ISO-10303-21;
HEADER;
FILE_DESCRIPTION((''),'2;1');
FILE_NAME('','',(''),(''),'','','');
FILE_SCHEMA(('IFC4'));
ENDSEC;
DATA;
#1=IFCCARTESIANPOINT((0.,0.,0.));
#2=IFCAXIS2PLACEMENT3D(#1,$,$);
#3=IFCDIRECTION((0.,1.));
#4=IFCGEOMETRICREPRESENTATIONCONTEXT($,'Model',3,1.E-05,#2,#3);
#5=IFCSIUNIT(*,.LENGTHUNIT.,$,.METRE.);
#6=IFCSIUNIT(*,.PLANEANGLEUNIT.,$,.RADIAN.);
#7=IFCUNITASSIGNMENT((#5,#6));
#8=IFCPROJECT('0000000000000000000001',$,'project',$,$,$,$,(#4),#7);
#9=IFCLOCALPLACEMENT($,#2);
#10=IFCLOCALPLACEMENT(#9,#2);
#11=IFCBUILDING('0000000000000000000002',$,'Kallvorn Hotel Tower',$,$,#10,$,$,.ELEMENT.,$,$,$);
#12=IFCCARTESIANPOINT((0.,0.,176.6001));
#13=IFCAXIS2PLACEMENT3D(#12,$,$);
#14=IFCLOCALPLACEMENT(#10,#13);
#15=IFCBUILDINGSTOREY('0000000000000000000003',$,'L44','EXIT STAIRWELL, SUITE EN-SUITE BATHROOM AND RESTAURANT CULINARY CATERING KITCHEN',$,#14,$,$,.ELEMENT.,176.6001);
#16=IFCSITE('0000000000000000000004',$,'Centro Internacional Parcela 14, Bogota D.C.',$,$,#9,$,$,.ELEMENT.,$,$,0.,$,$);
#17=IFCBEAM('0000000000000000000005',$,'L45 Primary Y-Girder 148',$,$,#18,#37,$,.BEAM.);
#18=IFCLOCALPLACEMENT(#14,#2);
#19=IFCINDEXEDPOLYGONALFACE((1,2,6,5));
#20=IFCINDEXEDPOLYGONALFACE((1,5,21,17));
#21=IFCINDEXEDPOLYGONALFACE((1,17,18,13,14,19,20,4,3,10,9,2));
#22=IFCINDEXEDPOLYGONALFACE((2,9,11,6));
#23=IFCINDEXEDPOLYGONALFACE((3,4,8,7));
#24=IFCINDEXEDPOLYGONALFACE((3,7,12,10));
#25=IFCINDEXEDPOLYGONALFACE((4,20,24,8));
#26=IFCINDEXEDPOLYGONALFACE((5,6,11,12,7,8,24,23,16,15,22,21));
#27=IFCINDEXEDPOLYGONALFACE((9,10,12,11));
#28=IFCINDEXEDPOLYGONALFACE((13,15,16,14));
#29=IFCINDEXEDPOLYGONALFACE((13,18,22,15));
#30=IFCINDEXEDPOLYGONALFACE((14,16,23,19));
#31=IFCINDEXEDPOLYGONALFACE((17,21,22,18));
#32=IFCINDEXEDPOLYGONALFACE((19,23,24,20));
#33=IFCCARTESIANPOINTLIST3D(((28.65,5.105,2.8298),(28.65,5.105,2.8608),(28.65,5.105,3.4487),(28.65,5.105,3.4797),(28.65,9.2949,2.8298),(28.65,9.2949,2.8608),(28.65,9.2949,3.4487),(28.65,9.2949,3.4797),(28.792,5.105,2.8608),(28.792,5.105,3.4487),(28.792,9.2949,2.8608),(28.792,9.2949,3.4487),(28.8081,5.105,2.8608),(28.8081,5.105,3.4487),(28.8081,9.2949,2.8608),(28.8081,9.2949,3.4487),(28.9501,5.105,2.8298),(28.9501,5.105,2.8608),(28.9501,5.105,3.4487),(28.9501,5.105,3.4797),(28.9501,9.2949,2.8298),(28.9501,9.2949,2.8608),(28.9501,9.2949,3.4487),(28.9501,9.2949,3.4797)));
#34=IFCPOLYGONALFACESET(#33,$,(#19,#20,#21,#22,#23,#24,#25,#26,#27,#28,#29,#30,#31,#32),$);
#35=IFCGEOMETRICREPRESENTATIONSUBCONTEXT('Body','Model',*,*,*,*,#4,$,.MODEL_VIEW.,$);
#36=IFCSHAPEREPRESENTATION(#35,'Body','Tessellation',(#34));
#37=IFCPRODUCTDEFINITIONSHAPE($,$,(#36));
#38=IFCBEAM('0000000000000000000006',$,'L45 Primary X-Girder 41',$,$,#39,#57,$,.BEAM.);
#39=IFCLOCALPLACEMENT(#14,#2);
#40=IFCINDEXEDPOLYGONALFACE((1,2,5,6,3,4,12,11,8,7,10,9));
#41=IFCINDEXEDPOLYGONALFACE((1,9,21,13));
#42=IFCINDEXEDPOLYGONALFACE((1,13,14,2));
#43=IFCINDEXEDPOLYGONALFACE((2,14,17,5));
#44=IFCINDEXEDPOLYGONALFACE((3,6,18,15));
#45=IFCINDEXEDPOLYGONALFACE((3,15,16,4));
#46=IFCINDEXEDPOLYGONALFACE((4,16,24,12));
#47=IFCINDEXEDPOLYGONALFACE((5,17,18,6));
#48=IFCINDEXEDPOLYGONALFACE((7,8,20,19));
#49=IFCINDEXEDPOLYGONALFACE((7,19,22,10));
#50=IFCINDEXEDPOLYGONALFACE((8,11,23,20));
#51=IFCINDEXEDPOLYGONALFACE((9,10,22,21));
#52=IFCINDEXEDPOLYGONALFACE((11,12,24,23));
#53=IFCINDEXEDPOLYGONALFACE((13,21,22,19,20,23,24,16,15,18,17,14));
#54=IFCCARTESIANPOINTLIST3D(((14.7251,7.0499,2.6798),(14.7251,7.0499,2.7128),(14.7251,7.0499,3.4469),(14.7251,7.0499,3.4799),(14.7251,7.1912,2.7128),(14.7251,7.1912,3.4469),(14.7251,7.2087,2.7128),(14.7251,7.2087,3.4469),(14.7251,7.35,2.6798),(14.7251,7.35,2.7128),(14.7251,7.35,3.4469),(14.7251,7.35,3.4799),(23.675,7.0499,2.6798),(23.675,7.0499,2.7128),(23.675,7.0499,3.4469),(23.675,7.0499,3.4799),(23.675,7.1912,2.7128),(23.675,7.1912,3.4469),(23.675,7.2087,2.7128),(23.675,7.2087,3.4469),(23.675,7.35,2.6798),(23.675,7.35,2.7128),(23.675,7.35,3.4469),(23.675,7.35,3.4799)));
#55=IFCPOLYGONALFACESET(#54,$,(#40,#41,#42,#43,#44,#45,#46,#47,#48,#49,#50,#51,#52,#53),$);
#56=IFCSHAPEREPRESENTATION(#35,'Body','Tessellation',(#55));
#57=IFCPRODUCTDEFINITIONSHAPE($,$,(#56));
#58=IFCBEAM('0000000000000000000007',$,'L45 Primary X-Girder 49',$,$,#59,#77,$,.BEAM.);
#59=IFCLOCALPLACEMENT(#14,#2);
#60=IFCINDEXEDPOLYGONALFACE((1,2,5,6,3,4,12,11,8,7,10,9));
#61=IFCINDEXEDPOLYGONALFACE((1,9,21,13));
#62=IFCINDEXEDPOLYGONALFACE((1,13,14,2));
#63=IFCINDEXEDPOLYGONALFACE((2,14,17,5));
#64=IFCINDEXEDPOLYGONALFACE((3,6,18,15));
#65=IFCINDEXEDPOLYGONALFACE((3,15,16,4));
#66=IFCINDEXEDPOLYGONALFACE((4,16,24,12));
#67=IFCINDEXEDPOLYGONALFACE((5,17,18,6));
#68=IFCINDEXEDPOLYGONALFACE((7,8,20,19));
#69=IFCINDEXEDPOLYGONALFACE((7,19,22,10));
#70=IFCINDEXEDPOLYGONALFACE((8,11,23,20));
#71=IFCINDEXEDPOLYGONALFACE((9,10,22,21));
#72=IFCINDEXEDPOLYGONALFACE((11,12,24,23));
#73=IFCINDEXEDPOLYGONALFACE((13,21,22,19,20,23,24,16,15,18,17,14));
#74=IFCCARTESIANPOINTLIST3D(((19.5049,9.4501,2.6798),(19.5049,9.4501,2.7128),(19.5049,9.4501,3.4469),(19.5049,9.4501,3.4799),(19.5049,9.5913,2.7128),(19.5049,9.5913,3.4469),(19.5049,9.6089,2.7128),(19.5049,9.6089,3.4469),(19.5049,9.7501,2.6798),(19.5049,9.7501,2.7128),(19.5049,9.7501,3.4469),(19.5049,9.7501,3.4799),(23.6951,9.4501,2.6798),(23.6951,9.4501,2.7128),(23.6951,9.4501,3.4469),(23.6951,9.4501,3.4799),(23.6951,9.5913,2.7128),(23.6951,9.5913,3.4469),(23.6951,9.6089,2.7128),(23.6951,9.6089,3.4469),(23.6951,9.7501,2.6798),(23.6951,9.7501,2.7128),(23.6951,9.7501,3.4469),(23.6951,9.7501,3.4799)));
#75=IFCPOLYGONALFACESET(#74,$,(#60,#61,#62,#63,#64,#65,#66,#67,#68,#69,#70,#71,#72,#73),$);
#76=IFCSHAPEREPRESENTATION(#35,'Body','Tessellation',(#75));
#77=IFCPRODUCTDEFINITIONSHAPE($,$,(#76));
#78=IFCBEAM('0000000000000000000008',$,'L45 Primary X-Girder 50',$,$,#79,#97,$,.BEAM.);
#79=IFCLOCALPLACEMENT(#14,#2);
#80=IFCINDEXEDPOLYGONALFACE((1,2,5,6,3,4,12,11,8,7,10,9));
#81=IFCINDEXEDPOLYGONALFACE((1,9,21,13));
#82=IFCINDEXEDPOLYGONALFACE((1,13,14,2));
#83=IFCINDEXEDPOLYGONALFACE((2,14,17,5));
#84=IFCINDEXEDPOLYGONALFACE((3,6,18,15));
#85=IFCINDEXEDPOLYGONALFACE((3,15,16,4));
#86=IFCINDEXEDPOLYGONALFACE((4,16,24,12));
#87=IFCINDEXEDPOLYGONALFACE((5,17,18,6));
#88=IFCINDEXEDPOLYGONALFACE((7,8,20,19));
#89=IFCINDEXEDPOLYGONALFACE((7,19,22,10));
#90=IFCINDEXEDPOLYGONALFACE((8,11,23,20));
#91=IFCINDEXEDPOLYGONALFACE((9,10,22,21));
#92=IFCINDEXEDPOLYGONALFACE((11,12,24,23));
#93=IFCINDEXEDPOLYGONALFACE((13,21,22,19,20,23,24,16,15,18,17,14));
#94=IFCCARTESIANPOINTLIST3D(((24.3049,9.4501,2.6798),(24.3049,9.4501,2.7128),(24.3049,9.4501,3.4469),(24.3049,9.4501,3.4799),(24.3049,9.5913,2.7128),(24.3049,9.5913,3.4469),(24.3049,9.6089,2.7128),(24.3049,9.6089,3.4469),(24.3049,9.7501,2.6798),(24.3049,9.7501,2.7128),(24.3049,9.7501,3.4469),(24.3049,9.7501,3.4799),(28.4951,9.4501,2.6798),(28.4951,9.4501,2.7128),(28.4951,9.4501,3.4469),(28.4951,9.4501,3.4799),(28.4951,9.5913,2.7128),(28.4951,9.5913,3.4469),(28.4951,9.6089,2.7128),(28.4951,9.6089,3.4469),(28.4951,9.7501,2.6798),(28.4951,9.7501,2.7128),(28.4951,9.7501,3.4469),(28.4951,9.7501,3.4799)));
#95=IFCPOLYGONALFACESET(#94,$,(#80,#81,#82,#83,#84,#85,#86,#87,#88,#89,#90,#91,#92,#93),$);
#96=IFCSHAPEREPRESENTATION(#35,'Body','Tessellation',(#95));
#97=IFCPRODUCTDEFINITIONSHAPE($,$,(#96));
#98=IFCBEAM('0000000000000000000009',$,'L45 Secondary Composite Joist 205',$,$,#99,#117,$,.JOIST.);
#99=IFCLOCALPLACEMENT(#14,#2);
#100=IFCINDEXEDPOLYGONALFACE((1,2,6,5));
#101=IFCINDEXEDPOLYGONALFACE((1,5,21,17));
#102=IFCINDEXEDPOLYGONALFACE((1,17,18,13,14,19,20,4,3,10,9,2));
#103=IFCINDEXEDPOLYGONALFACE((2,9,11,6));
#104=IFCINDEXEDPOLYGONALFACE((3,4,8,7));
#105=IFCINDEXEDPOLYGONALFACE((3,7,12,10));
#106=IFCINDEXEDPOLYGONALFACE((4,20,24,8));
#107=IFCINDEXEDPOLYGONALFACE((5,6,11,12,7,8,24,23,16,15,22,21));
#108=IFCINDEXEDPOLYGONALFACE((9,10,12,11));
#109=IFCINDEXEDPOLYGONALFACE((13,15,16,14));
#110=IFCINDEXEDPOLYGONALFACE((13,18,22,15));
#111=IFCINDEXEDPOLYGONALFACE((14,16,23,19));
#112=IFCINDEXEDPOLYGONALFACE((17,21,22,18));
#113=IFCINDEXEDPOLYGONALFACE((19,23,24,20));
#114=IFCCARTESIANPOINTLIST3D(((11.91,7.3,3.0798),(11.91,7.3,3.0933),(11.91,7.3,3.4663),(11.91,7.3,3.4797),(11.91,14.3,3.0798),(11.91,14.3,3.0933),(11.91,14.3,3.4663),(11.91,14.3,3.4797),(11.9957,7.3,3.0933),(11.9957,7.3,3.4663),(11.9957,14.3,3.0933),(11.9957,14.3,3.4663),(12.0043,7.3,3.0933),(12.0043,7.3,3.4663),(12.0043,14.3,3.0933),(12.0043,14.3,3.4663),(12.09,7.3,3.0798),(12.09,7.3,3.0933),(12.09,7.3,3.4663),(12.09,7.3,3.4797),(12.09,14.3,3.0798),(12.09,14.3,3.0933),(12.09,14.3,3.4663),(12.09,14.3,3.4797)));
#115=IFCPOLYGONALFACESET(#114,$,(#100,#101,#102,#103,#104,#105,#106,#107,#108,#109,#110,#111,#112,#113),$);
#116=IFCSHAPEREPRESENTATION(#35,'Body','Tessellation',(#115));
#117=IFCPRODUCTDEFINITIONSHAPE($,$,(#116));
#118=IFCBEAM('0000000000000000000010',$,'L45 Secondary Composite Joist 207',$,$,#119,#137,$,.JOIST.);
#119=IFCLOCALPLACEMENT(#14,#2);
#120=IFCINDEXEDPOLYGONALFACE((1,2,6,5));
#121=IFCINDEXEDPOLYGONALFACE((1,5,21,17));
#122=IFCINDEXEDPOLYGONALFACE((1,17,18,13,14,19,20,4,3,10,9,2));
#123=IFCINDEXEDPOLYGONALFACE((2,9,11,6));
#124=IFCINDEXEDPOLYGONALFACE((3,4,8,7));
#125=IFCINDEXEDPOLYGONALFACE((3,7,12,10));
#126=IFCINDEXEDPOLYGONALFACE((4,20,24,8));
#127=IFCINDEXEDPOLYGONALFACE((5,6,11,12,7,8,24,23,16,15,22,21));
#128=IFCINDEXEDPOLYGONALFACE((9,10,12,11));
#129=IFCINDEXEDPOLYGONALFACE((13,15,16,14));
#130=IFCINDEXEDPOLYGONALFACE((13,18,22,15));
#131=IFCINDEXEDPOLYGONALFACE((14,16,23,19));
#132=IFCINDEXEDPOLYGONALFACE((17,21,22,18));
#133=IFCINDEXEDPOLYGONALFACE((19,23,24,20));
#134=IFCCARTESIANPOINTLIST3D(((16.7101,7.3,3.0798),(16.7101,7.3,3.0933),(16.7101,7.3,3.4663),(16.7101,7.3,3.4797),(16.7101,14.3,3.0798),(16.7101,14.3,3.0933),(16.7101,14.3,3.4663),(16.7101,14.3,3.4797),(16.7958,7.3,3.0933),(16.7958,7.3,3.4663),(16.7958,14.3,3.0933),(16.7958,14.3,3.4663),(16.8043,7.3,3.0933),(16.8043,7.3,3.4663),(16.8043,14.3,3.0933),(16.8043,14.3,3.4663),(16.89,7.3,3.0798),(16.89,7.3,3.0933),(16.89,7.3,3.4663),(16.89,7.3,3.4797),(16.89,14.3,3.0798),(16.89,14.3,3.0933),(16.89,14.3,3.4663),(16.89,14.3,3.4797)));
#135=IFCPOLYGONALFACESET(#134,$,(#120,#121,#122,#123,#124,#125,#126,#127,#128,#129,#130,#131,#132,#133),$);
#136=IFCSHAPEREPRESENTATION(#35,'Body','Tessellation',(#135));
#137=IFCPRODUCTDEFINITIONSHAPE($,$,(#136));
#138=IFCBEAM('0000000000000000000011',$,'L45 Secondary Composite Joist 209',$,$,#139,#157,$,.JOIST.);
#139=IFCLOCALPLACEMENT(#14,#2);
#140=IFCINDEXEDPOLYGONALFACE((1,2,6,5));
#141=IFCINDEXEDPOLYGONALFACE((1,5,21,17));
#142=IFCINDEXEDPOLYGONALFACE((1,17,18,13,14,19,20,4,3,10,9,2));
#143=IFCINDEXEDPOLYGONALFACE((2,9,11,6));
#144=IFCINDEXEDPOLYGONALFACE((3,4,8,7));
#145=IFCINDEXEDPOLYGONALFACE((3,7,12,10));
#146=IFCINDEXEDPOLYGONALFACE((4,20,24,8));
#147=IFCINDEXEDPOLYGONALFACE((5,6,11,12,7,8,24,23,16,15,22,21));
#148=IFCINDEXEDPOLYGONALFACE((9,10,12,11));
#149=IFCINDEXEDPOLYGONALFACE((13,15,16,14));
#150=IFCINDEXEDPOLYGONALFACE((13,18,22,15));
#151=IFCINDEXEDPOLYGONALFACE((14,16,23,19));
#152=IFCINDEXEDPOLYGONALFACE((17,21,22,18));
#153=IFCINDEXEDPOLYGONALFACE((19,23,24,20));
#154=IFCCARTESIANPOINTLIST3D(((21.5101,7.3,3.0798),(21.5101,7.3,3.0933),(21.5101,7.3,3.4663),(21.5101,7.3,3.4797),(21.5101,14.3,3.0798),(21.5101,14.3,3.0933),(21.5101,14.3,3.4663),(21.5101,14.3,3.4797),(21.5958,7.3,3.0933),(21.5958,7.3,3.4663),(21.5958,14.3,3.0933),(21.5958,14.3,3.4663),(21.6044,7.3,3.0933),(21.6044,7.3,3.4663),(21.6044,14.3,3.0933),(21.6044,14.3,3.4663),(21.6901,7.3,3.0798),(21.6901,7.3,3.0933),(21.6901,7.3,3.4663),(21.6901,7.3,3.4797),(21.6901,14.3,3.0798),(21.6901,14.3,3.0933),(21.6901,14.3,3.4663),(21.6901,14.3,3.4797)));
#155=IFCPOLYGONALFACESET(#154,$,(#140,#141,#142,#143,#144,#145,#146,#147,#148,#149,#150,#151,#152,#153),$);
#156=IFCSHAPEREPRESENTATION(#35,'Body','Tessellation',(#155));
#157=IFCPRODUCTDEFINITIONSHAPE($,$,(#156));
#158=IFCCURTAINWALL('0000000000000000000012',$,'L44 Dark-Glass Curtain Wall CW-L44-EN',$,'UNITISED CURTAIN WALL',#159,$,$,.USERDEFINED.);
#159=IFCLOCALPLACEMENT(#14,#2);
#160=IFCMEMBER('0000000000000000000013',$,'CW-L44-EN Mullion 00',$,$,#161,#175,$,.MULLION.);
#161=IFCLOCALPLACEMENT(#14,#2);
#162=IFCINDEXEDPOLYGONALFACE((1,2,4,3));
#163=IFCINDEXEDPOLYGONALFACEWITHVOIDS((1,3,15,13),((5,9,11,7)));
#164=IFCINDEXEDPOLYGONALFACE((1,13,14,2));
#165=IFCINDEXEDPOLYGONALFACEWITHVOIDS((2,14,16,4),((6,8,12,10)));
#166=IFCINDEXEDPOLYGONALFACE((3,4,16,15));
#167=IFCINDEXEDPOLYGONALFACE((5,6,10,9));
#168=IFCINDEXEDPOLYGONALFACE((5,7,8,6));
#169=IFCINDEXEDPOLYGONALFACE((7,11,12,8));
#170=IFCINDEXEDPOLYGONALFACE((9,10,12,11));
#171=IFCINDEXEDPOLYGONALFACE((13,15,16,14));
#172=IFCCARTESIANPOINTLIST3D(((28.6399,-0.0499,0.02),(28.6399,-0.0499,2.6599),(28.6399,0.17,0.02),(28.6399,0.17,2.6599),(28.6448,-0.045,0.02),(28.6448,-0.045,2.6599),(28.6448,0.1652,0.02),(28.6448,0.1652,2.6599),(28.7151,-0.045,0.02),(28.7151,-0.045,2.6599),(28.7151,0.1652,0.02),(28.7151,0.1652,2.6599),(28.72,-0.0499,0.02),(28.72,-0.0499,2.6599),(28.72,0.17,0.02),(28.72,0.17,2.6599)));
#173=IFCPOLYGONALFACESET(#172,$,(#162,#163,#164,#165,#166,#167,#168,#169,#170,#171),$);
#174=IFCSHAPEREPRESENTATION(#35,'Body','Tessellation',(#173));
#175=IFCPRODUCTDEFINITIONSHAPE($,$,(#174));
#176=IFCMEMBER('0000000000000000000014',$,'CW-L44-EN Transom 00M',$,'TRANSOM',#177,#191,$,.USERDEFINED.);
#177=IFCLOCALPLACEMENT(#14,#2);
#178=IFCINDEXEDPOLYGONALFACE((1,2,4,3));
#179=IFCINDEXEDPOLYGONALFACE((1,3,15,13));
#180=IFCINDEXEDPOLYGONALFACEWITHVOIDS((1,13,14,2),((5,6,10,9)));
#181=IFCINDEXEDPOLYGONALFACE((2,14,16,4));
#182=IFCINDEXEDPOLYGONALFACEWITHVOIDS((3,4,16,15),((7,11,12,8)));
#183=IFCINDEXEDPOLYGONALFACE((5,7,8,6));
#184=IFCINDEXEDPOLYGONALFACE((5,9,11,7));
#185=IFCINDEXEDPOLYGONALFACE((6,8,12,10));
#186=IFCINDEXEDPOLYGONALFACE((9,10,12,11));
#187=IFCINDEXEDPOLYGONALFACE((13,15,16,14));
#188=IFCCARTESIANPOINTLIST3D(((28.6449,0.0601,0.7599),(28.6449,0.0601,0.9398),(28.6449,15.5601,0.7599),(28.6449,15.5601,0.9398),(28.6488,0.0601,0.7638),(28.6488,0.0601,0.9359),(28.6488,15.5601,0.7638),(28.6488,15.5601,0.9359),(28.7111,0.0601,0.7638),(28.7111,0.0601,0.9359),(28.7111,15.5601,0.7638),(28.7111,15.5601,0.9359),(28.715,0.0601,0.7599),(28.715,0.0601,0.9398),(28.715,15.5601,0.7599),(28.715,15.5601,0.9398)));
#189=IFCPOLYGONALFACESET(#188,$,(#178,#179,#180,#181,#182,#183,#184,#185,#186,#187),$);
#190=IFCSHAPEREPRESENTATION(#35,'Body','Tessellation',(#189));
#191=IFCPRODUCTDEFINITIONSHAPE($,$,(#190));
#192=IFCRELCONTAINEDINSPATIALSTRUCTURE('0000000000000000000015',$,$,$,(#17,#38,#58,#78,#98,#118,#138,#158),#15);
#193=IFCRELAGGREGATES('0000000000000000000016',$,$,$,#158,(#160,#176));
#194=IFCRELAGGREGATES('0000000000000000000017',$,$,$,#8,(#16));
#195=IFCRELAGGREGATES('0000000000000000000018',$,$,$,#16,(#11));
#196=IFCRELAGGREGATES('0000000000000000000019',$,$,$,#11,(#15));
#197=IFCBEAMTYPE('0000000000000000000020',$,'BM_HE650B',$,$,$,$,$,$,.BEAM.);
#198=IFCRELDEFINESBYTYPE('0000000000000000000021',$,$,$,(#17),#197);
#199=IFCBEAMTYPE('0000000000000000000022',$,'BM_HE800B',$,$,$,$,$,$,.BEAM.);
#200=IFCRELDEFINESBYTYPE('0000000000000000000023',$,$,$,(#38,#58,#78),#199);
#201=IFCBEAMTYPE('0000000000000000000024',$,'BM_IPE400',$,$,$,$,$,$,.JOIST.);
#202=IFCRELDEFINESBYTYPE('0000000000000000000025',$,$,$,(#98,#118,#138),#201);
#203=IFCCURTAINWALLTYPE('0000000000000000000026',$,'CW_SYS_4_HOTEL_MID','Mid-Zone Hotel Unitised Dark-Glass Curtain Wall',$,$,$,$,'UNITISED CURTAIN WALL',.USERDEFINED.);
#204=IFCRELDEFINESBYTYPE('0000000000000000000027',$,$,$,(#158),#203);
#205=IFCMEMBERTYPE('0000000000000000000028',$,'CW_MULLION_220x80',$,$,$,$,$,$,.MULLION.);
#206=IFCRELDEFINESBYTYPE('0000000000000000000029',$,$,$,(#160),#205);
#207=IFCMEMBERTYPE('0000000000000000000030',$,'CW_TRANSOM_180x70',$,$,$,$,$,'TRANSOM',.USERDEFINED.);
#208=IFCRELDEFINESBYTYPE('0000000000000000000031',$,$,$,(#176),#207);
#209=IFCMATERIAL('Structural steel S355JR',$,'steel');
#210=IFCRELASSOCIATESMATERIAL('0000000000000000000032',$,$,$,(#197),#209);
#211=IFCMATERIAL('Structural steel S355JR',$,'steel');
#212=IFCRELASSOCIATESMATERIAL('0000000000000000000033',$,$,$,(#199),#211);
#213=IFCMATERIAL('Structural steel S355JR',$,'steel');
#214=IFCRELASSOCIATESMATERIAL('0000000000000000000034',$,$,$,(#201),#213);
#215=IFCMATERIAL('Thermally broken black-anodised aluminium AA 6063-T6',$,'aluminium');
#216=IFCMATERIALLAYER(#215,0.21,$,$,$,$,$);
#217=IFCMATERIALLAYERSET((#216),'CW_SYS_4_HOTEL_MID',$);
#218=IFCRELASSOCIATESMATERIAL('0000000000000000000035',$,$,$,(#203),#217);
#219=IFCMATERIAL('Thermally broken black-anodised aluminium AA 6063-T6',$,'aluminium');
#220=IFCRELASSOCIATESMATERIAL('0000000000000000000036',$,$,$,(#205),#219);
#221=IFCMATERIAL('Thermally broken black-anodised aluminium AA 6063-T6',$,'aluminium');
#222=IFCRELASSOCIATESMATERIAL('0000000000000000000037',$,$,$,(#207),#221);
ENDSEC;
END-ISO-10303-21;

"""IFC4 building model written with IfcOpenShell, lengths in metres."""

from ifc_helpers import new_model, si_unit, direction, frame, origin, origin_2d, place, context, subcontext, project, spatial, hollow_rectangle, i_section, extrude, material, layer, layer_set, material_profile, profile_set, type_object, element, aggregate, save


model = new_model("IFC4")

# Units and contexts
model_context = context("Model", 3, precision=1e-05, world=origin(), true_north=direction((0.0, 1.0)))
body_context = subcontext(model_context, "Body", "Model", "MODEL_VIEW")
ifc_project = project(units=[si_unit("LENGTHUNIT", "METRE"), si_unit("PLANEANGLEUNIT", "RADIAN")], contexts=[model_context])

# Site, building, storey
site_placement = place(None, origin())
site = spatial("IfcSite", under=ifc_project, at=site_placement, Name="Centro Internacional Parcela 14, Bogota D.C.", CompositionType="ELEMENT", RefElevation=0.0)
building_placement = place(site_placement, origin())
building = spatial("IfcBuilding", under=site, at=building_placement, Name="Kallvorn Hotel Tower", CompositionType="ELEMENT")
storey_placement = place(building_placement, frame((0.0, 0.0, 176.6001)))
storey = spatial("IfcBuildingStorey", under=building, at=storey_placement, Name="L44", Description="EXIT STAIRWELL, SUITE EN-SUITE BATHROOM AND RESTAURANT CULINARY CATERING KITCHEN", CompositionType="ELEMENT", Elevation=176.6001)

# Beams
ifc_material_1 = material(Name="Structural steel S355JR", Category="steel")
ifc_material_profile_1 = material_profile(ifc_material_1, i_section(OverallWidth=0.3, OverallDepth=0.6499, WebThickness=0.0161, FlangeThickness=0.031, at=origin_2d()), Name="HE 650 B")
ifc_profile_set_1 = profile_set([ifc_material_profile_1], Name="Structural steel S355JR")
beam_type_1 = type_object("IfcBeamType", Name="BM_HE650B", PredefinedType="BEAM", material=ifc_profile_set_1)
beam_1_placement = place(storey_placement, frame((28.8, 5.105, 3.1548), z_axis=(0.0, 1.0, 0.0), x_axis=(-1.0, 0.0, 0.0)))
element("IfcBeam", 1, at=beam_1_placement, inside=storey, type_object=beam_type_1, Name="L45 Primary Y-Girder 148", PredefinedType="BEAM", context=body_context, shape_type="SweptSolid", body=[
    extrude(i_section(OverallWidth=0.3, OverallDepth=0.6499, WebThickness=0.0161, FlangeThickness=0.031, at=origin_2d()), origin(), (0.0, 0.0, 1.0), 4.1899),
])
ifc_material_2 = material(Name="Structural steel S355JR", Category="steel")
ifc_material_profile_2 = material_profile(ifc_material_2, i_section(OverallWidth=0.3, OverallDepth=0.8, WebThickness=0.0176, FlangeThickness=0.033, at=origin_2d()), Name="HE 800 B")
ifc_profile_set_2 = profile_set([ifc_material_profile_2], Name="Structural steel S355JR")
beam_type_2 = type_object("IfcBeamType", Name="BM_HE800B", PredefinedType="BEAM", material=ifc_profile_set_2)
beam_2_placement = place(storey_placement, frame((14.7251, 7.2, 3.0798), z_axis=(1.0, 0.0, 0.0), x_axis=(0.0, 1.0, 0.0)))
element("IfcBeam", 2, at=beam_2_placement, inside=storey, type_object=beam_type_2, Name="L45 Primary X-Girder 41", PredefinedType="BEAM", context=body_context, shape_type="SweptSolid", body=[
    extrude(i_section(OverallWidth=0.3, OverallDepth=0.8, WebThickness=0.0176, FlangeThickness=0.033, at=origin_2d()), origin(), (0.0, 0.0, 1.0), 8.95),
])
for number, where, z_axis, x_axis, name in (
    (3, (19.5049, 9.6001, 3.0798), (1.0, 0.0, 0.0), (0.0, 1.0, 0.0), "L45 Primary X-Girder 49"),
    (4, (24.3049, 9.6001, 3.0798), (1.0, 0.0, 0.0), (0.0, 1.0, 0.0), "L45 Primary X-Girder 50"),
):
    element("IfcBeam", number, at=place(storey_placement, frame(where, z_axis=z_axis, x_axis=x_axis)), inside=storey, type_object=beam_type_2, Name=name, PredefinedType="BEAM", context=body_context, shape_type="SweptSolid", body=[
        extrude(i_section(OverallWidth=0.3, OverallDepth=0.8, WebThickness=0.0176, FlangeThickness=0.033, at=origin_2d()), origin(), (0.0, 0.0, 1.0), 4.1902),
    ])
ifc_material_3 = material(Name="Structural steel S355JR", Category="steel")
ifc_material_profile_3 = material_profile(ifc_material_3, i_section(OverallWidth=0.1799, OverallDepth=0.3999, WebThickness=0.0085, FlangeThickness=0.0134, at=origin_2d()), Name="IPE 400")
ifc_profile_set_3 = profile_set([ifc_material_profile_3], Name="Structural steel S355JR")
beam_type_3 = type_object("IfcBeamType", Name="BM_IPE400", PredefinedType="JOIST", material=ifc_profile_set_3)
for number, where, z_axis, x_axis, name in (
    (5, (12.0, 7.3, 3.2798), (0.0, 1.0, 0.0), (-1.0, 0.0, 0.0), "L45 Secondary Composite Joist 205"),
    (6, (16.8, 7.3, 3.2798), (0.0, 1.0, 0.0), (-1.0, 0.0, 0.0), "L45 Secondary Composite Joist 207"),
    (7, (21.6001, 7.3, 3.2798), (0.0, 1.0, 0.0), (-1.0, 0.0, 0.0), "L45 Secondary Composite Joist 209"),
):
    element("IfcBeam", number, at=place(storey_placement, frame(where, z_axis=z_axis, x_axis=x_axis)), inside=storey, type_object=beam_type_3, Name=name, PredefinedType="JOIST", context=body_context, shape_type="SweptSolid", body=[
        extrude(i_section(OverallWidth=0.1799, OverallDepth=0.3999, WebThickness=0.0085, FlangeThickness=0.0134, at=origin_2d()), origin(), (0.0, 0.0, 1.0), 7.0),
    ])

# Curtain wall, members
ifc_material_4 = material(Name="Thermally broken black-anodised aluminium AA 6063-T6", Category="aluminium")
ifc_layer_1 = layer(ifc_material_4, 0.21)
ifc_layer_set_1 = layer_set([ifc_layer_1], Name="CW_SYS_4_HOTEL_MID")
curtain_wall_type = type_object("IfcCurtainWallType", Name="CW_SYS_4_HOTEL_MID", Description="Mid-Zone Hotel Unitised Dark-Glass Curtain Wall", ElementType="UNITISED CURTAIN WALL", PredefinedType="USERDEFINED", material=ifc_layer_set_1)
curtain_wall_placement = place(storey_placement, origin())
curtain_wall = element("IfcCurtainWall", 8, at=curtain_wall_placement, inside=storey, type_object=curtain_wall_type, Name="L44 Dark-Glass Curtain Wall CW-L44-EN", ObjectType="UNITISED CURTAIN WALL", PredefinedType="USERDEFINED")
ifc_material_5 = material(Name="Thermally broken black-anodised aluminium AA 6063-T6", Category="aluminium")
ifc_material_profile_4 = material_profile(ifc_material_5, hollow_rectangle(XDim=0.0801, YDim=0.22, WallThickness=0.0049, at=origin_2d()), Name="MUL 220x80")
ifc_profile_set_4 = profile_set([ifc_material_profile_4], Name="Thermally broken black-anodised aluminium AA 6063-T6")
member_type_1 = type_object("IfcMemberType", Name="CW_MULLION_220x80", PredefinedType="MULLION", material=ifc_profile_set_4)
member_1_placement = place(storey_placement, frame((28.6799, 0.0601, 0.02), z_axis=(0.0, 0.0, 1.0), x_axis=(1.0, 0.0, 0.0)))
member_1 = element("IfcMember", 9, at=member_1_placement, type_object=member_type_1, Name="CW-L44-EN Mullion 00", PredefinedType="MULLION", context=body_context, shape_type="SweptSolid", body=[
    extrude(hollow_rectangle(XDim=0.0801, YDim=0.22, WallThickness=0.0049, at=origin_2d()), origin(), (0.0, 0.0, 1.0), 2.6399),
])
ifc_material_6 = material(Name="Thermally broken black-anodised aluminium AA 6063-T6", Category="aluminium")
ifc_material_profile_5 = material_profile(ifc_material_6, hollow_rectangle(XDim=0.0701, YDim=0.1799, WallThickness=0.0039, at=origin_2d()), Name="TRN 180x70")
ifc_profile_set_5 = profile_set([ifc_material_profile_5], Name="Thermally broken black-anodised aluminium AA 6063-T6")
member_type_2 = type_object("IfcMemberType", Name="CW_TRANSOM_180x70", ElementType="TRANSOM", PredefinedType="USERDEFINED", material=ifc_profile_set_5)
member_2_placement = place(storey_placement, frame((28.6799, 0.0601, 0.8499), z_axis=(0.0, 1.0, 0.0), x_axis=(-1.0, 0.0, 0.0)))
member_2 = element("IfcMember", 10, at=member_2_placement, type_object=member_type_2, Name="CW-L44-EN Transom 00M", ObjectType="TRANSOM", PredefinedType="USERDEFINED", context=body_context, shape_type="SweptSolid", body=[
    extrude(hollow_rectangle(XDim=0.0701, YDim=0.1799, WallThickness=0.0039, at=origin_2d()), origin(), (0.0, 0.0, 1.0), 15.5),
])
aggregate(curtain_wall, [member_1, member_2])

save(model, "model.ifc")
